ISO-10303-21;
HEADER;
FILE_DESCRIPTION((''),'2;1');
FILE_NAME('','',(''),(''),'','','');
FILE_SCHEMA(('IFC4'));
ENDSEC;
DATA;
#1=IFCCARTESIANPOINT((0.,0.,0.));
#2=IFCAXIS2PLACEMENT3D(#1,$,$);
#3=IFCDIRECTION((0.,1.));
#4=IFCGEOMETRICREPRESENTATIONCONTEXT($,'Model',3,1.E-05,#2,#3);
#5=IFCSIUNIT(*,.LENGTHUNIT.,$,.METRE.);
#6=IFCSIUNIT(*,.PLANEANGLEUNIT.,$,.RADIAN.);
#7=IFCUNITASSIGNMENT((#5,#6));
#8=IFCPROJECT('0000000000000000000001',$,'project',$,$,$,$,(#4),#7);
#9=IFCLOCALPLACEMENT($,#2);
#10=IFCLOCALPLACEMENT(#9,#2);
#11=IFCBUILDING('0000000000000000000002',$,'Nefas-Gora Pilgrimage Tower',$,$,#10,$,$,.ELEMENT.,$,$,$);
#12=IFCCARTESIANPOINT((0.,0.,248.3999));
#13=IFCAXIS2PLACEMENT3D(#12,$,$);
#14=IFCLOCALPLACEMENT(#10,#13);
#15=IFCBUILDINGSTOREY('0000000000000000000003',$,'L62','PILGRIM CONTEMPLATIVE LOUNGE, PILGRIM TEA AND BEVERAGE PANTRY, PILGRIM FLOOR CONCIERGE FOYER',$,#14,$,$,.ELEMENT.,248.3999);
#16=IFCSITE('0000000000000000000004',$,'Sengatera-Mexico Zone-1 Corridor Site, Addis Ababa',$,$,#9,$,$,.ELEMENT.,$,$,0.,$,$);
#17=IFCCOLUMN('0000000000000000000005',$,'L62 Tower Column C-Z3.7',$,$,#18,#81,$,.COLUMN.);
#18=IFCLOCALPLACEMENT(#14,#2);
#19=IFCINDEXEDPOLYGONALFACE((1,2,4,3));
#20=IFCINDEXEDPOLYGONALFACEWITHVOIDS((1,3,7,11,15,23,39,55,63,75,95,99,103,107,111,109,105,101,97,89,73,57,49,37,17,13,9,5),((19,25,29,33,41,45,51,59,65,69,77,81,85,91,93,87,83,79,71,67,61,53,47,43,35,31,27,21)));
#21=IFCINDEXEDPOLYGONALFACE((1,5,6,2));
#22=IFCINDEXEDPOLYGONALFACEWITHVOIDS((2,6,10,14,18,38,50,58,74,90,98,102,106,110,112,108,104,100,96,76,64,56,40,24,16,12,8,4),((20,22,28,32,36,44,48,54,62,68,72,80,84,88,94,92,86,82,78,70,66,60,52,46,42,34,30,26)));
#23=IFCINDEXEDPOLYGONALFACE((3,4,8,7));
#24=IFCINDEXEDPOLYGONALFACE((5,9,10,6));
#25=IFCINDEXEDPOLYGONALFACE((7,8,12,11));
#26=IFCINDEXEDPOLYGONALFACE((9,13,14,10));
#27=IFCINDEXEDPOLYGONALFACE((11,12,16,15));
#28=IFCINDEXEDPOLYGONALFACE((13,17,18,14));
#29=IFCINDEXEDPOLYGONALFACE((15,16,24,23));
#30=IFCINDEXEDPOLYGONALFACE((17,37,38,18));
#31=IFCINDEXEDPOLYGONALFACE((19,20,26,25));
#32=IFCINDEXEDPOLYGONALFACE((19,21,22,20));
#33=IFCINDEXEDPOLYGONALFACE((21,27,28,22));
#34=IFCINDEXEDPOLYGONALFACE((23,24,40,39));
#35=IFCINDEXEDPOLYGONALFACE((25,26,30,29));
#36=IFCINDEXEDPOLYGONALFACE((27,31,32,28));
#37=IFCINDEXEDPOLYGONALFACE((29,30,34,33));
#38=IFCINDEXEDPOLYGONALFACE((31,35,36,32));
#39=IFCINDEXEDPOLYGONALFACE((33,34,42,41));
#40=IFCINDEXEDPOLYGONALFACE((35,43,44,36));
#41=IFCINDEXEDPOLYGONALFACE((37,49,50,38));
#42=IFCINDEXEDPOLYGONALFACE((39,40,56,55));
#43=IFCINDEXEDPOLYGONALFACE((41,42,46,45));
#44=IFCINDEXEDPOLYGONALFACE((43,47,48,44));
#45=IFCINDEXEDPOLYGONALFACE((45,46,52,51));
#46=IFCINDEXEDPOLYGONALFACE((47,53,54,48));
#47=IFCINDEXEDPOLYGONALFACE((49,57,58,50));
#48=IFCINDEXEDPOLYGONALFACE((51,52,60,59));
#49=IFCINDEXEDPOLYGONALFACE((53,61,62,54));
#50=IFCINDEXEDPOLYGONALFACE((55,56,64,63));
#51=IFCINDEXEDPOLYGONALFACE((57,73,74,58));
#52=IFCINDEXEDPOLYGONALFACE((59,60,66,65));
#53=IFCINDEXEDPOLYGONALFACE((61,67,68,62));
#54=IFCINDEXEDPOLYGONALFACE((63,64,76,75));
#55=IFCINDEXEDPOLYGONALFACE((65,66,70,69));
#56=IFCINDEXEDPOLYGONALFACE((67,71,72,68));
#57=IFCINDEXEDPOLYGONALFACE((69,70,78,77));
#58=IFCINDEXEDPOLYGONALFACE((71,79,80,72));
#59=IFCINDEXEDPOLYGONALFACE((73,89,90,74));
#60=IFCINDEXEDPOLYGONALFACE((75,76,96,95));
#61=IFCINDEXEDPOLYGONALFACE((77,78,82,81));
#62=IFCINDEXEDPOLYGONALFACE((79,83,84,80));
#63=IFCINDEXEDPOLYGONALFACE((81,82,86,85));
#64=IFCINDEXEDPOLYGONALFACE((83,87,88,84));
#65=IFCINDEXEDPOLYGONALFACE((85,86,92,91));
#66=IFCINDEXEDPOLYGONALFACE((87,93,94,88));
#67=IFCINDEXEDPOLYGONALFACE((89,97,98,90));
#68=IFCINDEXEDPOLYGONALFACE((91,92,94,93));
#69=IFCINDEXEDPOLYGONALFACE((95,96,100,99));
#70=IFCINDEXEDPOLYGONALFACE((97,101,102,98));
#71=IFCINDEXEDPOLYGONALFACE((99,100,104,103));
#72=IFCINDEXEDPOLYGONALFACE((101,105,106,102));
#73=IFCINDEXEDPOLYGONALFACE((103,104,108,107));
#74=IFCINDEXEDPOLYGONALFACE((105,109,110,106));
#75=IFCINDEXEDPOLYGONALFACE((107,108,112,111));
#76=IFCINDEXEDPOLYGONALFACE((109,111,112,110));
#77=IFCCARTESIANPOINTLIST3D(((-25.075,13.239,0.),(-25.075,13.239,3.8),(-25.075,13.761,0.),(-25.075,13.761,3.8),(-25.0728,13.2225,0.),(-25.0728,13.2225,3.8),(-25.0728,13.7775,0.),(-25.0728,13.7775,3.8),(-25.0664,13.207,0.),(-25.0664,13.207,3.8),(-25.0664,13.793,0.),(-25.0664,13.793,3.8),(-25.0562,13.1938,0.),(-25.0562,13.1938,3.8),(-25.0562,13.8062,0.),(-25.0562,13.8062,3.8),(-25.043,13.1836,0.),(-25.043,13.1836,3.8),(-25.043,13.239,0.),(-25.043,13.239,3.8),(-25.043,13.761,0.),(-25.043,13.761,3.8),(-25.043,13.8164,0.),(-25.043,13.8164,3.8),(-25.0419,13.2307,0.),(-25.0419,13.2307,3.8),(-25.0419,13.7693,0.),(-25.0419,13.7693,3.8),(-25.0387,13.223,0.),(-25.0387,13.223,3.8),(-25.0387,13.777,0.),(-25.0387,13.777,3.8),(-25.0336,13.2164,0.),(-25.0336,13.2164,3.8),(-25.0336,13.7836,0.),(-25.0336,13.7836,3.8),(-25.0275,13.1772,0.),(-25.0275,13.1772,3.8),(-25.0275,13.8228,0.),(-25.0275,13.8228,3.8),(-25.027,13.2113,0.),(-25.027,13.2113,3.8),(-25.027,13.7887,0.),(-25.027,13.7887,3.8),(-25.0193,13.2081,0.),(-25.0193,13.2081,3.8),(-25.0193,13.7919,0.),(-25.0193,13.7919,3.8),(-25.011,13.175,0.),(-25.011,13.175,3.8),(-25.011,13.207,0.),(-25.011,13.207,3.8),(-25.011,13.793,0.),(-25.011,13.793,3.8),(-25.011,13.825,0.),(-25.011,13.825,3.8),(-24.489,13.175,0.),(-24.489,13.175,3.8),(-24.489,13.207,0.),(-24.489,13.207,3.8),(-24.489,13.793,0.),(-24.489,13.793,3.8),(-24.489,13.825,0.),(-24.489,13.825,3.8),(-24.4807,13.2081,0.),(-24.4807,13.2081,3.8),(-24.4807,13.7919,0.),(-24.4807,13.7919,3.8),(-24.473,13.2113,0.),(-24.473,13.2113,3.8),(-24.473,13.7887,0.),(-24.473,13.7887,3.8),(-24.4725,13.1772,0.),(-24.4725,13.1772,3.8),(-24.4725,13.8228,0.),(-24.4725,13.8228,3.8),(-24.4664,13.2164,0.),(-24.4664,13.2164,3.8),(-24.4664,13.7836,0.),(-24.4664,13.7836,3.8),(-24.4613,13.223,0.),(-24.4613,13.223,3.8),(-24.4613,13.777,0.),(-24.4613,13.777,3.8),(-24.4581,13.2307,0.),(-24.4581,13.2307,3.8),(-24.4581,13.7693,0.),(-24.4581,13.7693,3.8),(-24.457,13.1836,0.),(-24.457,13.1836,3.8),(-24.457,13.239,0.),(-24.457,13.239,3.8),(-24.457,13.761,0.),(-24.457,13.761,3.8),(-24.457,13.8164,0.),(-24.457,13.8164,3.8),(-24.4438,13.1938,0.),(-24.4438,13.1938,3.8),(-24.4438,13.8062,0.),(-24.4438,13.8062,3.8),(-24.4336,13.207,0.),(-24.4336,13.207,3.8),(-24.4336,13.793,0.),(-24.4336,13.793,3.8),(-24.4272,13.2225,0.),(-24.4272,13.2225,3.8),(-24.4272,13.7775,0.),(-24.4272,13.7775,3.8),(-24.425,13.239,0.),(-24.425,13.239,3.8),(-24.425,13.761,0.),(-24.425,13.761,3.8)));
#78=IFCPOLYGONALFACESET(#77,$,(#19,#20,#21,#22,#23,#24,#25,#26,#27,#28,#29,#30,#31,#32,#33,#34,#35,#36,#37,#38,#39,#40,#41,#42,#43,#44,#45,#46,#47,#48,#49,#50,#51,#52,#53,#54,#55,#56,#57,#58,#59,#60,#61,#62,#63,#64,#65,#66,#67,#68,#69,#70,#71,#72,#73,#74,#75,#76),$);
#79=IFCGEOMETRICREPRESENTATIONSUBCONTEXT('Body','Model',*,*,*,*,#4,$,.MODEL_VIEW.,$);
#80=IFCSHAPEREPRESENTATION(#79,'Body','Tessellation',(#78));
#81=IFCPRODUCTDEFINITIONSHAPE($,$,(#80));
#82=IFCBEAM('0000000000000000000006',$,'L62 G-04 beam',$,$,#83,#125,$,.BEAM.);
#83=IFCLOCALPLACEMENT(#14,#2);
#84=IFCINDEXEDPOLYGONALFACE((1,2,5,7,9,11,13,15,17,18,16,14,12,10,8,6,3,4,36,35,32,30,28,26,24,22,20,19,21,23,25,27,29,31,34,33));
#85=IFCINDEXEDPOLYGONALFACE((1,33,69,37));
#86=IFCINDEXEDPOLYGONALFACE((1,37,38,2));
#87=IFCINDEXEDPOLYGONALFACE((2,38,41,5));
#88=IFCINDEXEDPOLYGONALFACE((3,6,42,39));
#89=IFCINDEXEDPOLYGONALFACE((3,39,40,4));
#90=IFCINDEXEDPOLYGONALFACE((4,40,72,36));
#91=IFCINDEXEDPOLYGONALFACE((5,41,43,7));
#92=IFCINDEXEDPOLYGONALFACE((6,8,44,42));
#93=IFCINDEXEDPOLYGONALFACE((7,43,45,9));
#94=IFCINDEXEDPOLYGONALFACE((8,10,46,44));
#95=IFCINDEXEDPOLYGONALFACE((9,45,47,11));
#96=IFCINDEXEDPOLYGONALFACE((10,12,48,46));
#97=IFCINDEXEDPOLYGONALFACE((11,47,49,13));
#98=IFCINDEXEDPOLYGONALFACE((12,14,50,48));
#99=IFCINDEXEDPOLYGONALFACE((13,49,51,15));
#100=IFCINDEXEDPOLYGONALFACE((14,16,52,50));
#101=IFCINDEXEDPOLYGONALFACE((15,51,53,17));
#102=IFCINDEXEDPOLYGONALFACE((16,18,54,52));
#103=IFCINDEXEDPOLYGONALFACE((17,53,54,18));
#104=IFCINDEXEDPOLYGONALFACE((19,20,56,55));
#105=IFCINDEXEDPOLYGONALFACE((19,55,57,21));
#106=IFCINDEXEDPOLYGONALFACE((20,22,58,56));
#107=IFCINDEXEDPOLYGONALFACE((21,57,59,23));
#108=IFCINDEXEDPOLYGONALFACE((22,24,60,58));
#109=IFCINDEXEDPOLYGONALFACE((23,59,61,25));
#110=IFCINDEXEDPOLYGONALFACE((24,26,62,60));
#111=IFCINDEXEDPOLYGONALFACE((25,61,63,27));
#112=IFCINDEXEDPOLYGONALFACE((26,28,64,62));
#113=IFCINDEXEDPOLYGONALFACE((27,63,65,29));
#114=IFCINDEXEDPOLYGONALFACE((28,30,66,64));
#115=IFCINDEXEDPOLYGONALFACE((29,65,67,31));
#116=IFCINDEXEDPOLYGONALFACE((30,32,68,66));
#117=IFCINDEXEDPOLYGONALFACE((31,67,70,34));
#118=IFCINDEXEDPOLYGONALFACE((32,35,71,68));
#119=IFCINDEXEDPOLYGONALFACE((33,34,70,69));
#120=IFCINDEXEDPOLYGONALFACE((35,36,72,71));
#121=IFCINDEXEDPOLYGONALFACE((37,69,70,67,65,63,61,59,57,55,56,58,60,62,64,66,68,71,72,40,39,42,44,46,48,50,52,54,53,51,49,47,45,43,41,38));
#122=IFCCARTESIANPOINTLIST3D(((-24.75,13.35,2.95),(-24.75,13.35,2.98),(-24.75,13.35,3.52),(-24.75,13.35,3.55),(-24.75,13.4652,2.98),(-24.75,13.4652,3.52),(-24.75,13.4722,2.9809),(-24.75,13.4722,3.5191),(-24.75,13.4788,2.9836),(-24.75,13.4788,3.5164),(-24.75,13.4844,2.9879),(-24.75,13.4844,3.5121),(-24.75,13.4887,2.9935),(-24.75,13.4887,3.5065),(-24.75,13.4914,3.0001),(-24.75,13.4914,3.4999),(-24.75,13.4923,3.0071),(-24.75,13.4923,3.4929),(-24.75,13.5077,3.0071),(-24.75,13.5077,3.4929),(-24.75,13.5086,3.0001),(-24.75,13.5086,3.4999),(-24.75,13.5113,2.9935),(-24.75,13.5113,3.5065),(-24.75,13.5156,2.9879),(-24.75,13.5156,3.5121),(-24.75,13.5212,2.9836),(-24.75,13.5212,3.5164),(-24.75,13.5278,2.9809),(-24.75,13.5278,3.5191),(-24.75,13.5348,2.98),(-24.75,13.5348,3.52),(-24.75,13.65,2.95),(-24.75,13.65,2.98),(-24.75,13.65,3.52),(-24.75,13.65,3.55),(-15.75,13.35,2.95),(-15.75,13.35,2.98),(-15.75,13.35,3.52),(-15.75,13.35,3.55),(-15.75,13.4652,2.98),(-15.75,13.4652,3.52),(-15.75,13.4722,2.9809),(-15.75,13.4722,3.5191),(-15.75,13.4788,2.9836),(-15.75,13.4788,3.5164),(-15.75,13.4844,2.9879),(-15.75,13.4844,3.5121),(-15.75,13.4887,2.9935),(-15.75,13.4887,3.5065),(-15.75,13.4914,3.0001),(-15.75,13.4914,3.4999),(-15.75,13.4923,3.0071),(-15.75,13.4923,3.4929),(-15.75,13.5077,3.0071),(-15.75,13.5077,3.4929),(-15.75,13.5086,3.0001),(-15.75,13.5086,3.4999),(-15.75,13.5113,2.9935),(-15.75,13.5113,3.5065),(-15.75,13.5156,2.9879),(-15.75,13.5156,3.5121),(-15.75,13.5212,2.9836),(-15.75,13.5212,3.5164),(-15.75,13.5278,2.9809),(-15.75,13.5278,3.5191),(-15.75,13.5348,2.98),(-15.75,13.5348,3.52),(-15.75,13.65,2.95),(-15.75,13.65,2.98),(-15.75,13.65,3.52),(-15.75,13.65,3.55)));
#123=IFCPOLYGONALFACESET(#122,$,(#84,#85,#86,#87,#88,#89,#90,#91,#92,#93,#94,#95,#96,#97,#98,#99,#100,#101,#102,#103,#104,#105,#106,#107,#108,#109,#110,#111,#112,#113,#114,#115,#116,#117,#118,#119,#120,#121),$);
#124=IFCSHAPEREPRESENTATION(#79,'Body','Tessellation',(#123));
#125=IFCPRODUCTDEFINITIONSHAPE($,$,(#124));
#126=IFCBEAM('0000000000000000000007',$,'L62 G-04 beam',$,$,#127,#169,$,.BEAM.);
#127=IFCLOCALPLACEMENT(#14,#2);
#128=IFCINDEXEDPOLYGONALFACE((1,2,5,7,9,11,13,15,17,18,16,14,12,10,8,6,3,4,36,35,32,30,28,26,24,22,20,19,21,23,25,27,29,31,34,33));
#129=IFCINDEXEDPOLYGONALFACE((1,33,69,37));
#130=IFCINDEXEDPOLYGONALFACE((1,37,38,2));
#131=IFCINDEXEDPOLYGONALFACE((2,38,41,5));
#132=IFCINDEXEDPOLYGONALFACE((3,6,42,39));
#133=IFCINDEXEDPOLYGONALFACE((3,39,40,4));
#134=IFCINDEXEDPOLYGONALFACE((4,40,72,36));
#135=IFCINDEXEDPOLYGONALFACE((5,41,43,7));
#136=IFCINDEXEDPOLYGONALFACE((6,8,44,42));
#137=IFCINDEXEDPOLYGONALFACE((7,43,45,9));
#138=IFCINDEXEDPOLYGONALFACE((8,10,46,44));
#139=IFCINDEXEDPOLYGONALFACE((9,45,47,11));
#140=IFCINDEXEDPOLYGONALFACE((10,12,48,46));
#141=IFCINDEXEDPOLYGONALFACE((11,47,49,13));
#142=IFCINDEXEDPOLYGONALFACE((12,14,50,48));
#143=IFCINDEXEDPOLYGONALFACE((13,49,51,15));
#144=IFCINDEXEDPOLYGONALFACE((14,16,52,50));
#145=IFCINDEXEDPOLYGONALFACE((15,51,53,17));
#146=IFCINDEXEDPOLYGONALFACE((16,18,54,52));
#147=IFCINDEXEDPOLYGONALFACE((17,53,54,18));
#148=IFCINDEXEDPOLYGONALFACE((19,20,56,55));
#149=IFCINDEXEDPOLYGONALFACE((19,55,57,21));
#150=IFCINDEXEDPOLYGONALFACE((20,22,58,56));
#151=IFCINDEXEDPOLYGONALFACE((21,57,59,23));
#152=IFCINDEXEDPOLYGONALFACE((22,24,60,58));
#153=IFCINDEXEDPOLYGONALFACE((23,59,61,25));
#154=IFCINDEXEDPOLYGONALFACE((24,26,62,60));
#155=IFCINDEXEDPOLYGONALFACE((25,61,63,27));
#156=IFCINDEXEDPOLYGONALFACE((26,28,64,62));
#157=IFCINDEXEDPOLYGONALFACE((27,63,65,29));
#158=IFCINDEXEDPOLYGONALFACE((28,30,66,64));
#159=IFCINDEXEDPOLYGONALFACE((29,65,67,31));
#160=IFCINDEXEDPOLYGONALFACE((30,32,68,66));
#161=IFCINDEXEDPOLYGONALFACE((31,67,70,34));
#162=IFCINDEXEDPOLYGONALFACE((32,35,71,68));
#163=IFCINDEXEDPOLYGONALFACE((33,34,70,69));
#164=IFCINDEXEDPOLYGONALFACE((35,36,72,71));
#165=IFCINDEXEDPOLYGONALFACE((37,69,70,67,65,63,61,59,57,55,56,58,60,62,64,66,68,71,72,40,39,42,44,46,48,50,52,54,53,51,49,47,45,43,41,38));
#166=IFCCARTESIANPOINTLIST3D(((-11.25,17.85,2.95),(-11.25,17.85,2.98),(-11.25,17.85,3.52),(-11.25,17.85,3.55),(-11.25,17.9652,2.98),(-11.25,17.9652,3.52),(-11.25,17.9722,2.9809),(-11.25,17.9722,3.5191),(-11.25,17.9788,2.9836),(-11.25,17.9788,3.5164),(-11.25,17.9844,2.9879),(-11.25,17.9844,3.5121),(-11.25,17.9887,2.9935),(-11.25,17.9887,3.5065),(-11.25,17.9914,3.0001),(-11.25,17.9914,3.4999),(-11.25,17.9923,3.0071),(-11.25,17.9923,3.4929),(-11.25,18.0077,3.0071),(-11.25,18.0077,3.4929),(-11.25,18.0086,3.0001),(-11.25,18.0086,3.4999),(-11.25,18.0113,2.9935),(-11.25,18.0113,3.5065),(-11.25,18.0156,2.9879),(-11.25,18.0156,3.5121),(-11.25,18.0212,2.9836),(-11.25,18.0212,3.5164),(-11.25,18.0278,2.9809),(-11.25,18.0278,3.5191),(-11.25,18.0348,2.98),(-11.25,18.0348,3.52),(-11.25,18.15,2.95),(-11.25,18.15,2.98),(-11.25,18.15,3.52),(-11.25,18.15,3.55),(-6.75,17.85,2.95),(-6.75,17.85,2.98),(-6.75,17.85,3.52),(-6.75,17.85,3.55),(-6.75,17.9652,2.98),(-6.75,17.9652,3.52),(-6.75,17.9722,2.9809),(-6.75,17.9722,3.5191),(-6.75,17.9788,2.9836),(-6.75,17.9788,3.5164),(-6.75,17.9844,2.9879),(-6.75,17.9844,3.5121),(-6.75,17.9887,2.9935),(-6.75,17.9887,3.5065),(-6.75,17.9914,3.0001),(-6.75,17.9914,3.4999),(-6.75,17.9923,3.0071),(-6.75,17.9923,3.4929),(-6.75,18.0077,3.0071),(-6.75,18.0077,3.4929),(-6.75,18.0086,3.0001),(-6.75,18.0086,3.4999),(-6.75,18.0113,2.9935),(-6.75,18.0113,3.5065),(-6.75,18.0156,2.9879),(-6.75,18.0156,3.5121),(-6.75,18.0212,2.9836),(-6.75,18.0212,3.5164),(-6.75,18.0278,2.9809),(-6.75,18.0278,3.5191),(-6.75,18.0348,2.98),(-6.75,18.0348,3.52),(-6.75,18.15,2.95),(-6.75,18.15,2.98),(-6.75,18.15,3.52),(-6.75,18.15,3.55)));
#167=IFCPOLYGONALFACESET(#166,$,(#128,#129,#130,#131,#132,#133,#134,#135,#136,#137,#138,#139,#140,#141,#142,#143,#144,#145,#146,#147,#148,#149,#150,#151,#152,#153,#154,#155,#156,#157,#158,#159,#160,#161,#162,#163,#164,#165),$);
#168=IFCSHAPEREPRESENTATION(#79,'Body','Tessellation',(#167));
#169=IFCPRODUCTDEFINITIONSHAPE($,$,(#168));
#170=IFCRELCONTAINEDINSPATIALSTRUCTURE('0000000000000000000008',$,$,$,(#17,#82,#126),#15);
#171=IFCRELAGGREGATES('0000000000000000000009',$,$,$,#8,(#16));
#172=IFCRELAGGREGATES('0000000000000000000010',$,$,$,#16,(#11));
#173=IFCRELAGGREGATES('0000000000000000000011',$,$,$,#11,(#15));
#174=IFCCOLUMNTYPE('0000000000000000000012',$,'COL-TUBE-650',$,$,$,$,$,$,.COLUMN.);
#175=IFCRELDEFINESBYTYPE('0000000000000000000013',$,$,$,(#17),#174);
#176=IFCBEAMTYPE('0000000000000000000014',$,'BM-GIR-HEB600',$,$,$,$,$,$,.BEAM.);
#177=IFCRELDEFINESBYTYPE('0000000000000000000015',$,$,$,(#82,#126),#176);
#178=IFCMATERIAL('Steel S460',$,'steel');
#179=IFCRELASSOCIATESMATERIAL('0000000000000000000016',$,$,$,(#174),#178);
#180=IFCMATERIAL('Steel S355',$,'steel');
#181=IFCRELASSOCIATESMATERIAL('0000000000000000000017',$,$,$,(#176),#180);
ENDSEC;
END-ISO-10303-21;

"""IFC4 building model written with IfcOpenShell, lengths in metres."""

from ifc_helpers import new_model, si_unit, direction, frame, origin, origin_2d, place, context, subcontext, project, spatial, hollow_rectangle, i_section, extrude, source, transform, mapped, material, material_profile, profile_set, type_object, element, save


model = new_model("IFC4")

# Units and contexts
model_context = context("Model", 3, precision=1e-05, world=origin(), true_north=direction((0.0, 1.0)))
body_context = subcontext(model_context, "Body", "Model", "MODEL_VIEW")
ifc_project = project(units=[si_unit("LENGTHUNIT", "METRE"), si_unit("PLANEANGLEUNIT", "RADIAN")], contexts=[model_context])

# Site, building, storey
site_placement = place(None, origin())
site = spatial("IfcSite", under=ifc_project, at=site_placement, Name="Sengatera-Mexico Zone-1 Corridor Site, Addis Ababa", CompositionType="ELEMENT", RefElevation=0.0)
building_placement = place(site_placement, origin())
building = spatial("IfcBuilding", under=site, at=building_placement, Name="Nefas-Gora Pilgrimage Tower", CompositionType="ELEMENT")
storey_placement = place(building_placement, frame((0.0, 0.0, 248.3999)))
storey = spatial("IfcBuildingStorey", under=building, at=storey_placement, Name="L62", Description="PILGRIM CONTEMPLATIVE LOUNGE, PILGRIM TEA AND BEVERAGE PANTRY, PILGRIM FLOOR CONCIERGE FOYER", CompositionType="ELEMENT", Elevation=248.3999)

# Column
ifc_material_1 = material(Name="Steel S460", Category="steel")
ifc_material_profile_1 = material_profile(ifc_material_1, hollow_rectangle(XDim=0.6499, YDim=0.6499, WallThickness=0.032, InnerFilletRadius=0.032, OuterFilletRadius=0.064, at=origin_2d()), Name="BOX 650x650x32")
ifc_profile_set_1 = profile_set([ifc_material_profile_1], Name="Steel S460")
column_type_1 = type_object("IfcColumnType", Name="COL-TUBE-650", PredefinedType="COLUMN", material=ifc_profile_set_1)
shared_shape_1 = source(origin(), body_context, "Body", "SweptSolid", [
    extrude(hollow_rectangle(XDim=0.6499, YDim=0.6499, WallThickness=0.032, InnerFilletRadius=0.032, OuterFilletRadius=0.064, at=origin_2d()), origin(), (0.0, 0.0, 1.0), 3.8),
])
column_placement = place(storey_placement, frame((-24.75, 13.5, 0.0), z_axis=(0.0, 0.0, 1.0), x_axis=(1.0, 0.0, 0.0)))
element("IfcColumn", 1, at=column_placement, inside=storey, type_object=column_type_1, Name="L62 Tower Column C-Z3.7", PredefinedType="COLUMN", context=body_context, shape_type="MappedRepresentation", body=[
    mapped(shared_shape_1, transform((0.0, 0.0, 0.0), x_axis=(1.0, 0.0, 0.0), y_axis=(0.0, 1.0, 0.0), z_axis=(0.0, 0.0, 1.0), scale=1.0)),
])

# Beams
ifc_material_2 = material(Name="Steel S355", Category="steel")
ifc_material_profile_2 = material_profile(ifc_material_2, i_section(OverallWidth=0.3, OverallDepth=0.6001, WebThickness=0.0154, FlangeThickness=0.03, FilletRadius=0.0271, at=origin_2d()), Name="HEB 600")
ifc_profile_set_2 = profile_set([ifc_material_profile_2], Name="Steel S355")
beam_type = type_object("IfcBeamType", Name="BM-GIR-HEB600", PredefinedType="BEAM", material=ifc_profile_set_2)
shared_shape_2 = source(origin(), body_context, "Body", "SweptSolid", [
    extrude(i_section(OverallWidth=0.3, OverallDepth=0.6001, WebThickness=0.0154, FlangeThickness=0.03, FilletRadius=0.0271, at=origin_2d()), origin(), (0.0, 0.0, 1.0), 9.0),
])
beam_1_placement = place(storey_placement, frame((-24.75, 13.5, 3.25), z_axis=(1.0, 0.0, 0.0), x_axis=(0.0, 1.0, 0.0)))
element("IfcBeam", 2, at=beam_1_placement, inside=storey, type_object=beam_type, Name="L62 G-04 beam", PredefinedType="BEAM", context=body_context, shape_type="MappedRepresentation", body=[
    mapped(shared_shape_2, transform((0.0, 0.0, 0.0), x_axis=(1.0, 0.0, 0.0), y_axis=(0.0, 1.0, 0.0), z_axis=(0.0, 0.0, 1.0), scale=1.0)),
])
shared_shape_3 = source(origin(), body_context, "Body", "SweptSolid", [
    extrude(i_section(OverallWidth=0.3, OverallDepth=0.6001, WebThickness=0.0154, FlangeThickness=0.03, FilletRadius=0.0271, at=origin_2d()), origin(), (0.0, 0.0, 1.0), 4.5),
])
beam_2_placement = place(storey_placement, frame((-11.25, 18.0, 3.25), z_axis=(1.0, 0.0, 0.0), x_axis=(0.0, 1.0, 0.0)))
element("IfcBeam", 3, at=beam_2_placement, inside=storey, type_object=beam_type, Name="L62 G-04 beam", PredefinedType="BEAM", context=body_context, shape_type="MappedRepresentation", body=[
    mapped(shared_shape_3, transform((0.0, 0.0, 0.0), x_axis=(1.0, 0.0, 0.0), y_axis=(0.0, 1.0, 0.0), z_axis=(0.0, 0.0, 1.0), scale=1.0)),
])

save(model, "model.ifc")
